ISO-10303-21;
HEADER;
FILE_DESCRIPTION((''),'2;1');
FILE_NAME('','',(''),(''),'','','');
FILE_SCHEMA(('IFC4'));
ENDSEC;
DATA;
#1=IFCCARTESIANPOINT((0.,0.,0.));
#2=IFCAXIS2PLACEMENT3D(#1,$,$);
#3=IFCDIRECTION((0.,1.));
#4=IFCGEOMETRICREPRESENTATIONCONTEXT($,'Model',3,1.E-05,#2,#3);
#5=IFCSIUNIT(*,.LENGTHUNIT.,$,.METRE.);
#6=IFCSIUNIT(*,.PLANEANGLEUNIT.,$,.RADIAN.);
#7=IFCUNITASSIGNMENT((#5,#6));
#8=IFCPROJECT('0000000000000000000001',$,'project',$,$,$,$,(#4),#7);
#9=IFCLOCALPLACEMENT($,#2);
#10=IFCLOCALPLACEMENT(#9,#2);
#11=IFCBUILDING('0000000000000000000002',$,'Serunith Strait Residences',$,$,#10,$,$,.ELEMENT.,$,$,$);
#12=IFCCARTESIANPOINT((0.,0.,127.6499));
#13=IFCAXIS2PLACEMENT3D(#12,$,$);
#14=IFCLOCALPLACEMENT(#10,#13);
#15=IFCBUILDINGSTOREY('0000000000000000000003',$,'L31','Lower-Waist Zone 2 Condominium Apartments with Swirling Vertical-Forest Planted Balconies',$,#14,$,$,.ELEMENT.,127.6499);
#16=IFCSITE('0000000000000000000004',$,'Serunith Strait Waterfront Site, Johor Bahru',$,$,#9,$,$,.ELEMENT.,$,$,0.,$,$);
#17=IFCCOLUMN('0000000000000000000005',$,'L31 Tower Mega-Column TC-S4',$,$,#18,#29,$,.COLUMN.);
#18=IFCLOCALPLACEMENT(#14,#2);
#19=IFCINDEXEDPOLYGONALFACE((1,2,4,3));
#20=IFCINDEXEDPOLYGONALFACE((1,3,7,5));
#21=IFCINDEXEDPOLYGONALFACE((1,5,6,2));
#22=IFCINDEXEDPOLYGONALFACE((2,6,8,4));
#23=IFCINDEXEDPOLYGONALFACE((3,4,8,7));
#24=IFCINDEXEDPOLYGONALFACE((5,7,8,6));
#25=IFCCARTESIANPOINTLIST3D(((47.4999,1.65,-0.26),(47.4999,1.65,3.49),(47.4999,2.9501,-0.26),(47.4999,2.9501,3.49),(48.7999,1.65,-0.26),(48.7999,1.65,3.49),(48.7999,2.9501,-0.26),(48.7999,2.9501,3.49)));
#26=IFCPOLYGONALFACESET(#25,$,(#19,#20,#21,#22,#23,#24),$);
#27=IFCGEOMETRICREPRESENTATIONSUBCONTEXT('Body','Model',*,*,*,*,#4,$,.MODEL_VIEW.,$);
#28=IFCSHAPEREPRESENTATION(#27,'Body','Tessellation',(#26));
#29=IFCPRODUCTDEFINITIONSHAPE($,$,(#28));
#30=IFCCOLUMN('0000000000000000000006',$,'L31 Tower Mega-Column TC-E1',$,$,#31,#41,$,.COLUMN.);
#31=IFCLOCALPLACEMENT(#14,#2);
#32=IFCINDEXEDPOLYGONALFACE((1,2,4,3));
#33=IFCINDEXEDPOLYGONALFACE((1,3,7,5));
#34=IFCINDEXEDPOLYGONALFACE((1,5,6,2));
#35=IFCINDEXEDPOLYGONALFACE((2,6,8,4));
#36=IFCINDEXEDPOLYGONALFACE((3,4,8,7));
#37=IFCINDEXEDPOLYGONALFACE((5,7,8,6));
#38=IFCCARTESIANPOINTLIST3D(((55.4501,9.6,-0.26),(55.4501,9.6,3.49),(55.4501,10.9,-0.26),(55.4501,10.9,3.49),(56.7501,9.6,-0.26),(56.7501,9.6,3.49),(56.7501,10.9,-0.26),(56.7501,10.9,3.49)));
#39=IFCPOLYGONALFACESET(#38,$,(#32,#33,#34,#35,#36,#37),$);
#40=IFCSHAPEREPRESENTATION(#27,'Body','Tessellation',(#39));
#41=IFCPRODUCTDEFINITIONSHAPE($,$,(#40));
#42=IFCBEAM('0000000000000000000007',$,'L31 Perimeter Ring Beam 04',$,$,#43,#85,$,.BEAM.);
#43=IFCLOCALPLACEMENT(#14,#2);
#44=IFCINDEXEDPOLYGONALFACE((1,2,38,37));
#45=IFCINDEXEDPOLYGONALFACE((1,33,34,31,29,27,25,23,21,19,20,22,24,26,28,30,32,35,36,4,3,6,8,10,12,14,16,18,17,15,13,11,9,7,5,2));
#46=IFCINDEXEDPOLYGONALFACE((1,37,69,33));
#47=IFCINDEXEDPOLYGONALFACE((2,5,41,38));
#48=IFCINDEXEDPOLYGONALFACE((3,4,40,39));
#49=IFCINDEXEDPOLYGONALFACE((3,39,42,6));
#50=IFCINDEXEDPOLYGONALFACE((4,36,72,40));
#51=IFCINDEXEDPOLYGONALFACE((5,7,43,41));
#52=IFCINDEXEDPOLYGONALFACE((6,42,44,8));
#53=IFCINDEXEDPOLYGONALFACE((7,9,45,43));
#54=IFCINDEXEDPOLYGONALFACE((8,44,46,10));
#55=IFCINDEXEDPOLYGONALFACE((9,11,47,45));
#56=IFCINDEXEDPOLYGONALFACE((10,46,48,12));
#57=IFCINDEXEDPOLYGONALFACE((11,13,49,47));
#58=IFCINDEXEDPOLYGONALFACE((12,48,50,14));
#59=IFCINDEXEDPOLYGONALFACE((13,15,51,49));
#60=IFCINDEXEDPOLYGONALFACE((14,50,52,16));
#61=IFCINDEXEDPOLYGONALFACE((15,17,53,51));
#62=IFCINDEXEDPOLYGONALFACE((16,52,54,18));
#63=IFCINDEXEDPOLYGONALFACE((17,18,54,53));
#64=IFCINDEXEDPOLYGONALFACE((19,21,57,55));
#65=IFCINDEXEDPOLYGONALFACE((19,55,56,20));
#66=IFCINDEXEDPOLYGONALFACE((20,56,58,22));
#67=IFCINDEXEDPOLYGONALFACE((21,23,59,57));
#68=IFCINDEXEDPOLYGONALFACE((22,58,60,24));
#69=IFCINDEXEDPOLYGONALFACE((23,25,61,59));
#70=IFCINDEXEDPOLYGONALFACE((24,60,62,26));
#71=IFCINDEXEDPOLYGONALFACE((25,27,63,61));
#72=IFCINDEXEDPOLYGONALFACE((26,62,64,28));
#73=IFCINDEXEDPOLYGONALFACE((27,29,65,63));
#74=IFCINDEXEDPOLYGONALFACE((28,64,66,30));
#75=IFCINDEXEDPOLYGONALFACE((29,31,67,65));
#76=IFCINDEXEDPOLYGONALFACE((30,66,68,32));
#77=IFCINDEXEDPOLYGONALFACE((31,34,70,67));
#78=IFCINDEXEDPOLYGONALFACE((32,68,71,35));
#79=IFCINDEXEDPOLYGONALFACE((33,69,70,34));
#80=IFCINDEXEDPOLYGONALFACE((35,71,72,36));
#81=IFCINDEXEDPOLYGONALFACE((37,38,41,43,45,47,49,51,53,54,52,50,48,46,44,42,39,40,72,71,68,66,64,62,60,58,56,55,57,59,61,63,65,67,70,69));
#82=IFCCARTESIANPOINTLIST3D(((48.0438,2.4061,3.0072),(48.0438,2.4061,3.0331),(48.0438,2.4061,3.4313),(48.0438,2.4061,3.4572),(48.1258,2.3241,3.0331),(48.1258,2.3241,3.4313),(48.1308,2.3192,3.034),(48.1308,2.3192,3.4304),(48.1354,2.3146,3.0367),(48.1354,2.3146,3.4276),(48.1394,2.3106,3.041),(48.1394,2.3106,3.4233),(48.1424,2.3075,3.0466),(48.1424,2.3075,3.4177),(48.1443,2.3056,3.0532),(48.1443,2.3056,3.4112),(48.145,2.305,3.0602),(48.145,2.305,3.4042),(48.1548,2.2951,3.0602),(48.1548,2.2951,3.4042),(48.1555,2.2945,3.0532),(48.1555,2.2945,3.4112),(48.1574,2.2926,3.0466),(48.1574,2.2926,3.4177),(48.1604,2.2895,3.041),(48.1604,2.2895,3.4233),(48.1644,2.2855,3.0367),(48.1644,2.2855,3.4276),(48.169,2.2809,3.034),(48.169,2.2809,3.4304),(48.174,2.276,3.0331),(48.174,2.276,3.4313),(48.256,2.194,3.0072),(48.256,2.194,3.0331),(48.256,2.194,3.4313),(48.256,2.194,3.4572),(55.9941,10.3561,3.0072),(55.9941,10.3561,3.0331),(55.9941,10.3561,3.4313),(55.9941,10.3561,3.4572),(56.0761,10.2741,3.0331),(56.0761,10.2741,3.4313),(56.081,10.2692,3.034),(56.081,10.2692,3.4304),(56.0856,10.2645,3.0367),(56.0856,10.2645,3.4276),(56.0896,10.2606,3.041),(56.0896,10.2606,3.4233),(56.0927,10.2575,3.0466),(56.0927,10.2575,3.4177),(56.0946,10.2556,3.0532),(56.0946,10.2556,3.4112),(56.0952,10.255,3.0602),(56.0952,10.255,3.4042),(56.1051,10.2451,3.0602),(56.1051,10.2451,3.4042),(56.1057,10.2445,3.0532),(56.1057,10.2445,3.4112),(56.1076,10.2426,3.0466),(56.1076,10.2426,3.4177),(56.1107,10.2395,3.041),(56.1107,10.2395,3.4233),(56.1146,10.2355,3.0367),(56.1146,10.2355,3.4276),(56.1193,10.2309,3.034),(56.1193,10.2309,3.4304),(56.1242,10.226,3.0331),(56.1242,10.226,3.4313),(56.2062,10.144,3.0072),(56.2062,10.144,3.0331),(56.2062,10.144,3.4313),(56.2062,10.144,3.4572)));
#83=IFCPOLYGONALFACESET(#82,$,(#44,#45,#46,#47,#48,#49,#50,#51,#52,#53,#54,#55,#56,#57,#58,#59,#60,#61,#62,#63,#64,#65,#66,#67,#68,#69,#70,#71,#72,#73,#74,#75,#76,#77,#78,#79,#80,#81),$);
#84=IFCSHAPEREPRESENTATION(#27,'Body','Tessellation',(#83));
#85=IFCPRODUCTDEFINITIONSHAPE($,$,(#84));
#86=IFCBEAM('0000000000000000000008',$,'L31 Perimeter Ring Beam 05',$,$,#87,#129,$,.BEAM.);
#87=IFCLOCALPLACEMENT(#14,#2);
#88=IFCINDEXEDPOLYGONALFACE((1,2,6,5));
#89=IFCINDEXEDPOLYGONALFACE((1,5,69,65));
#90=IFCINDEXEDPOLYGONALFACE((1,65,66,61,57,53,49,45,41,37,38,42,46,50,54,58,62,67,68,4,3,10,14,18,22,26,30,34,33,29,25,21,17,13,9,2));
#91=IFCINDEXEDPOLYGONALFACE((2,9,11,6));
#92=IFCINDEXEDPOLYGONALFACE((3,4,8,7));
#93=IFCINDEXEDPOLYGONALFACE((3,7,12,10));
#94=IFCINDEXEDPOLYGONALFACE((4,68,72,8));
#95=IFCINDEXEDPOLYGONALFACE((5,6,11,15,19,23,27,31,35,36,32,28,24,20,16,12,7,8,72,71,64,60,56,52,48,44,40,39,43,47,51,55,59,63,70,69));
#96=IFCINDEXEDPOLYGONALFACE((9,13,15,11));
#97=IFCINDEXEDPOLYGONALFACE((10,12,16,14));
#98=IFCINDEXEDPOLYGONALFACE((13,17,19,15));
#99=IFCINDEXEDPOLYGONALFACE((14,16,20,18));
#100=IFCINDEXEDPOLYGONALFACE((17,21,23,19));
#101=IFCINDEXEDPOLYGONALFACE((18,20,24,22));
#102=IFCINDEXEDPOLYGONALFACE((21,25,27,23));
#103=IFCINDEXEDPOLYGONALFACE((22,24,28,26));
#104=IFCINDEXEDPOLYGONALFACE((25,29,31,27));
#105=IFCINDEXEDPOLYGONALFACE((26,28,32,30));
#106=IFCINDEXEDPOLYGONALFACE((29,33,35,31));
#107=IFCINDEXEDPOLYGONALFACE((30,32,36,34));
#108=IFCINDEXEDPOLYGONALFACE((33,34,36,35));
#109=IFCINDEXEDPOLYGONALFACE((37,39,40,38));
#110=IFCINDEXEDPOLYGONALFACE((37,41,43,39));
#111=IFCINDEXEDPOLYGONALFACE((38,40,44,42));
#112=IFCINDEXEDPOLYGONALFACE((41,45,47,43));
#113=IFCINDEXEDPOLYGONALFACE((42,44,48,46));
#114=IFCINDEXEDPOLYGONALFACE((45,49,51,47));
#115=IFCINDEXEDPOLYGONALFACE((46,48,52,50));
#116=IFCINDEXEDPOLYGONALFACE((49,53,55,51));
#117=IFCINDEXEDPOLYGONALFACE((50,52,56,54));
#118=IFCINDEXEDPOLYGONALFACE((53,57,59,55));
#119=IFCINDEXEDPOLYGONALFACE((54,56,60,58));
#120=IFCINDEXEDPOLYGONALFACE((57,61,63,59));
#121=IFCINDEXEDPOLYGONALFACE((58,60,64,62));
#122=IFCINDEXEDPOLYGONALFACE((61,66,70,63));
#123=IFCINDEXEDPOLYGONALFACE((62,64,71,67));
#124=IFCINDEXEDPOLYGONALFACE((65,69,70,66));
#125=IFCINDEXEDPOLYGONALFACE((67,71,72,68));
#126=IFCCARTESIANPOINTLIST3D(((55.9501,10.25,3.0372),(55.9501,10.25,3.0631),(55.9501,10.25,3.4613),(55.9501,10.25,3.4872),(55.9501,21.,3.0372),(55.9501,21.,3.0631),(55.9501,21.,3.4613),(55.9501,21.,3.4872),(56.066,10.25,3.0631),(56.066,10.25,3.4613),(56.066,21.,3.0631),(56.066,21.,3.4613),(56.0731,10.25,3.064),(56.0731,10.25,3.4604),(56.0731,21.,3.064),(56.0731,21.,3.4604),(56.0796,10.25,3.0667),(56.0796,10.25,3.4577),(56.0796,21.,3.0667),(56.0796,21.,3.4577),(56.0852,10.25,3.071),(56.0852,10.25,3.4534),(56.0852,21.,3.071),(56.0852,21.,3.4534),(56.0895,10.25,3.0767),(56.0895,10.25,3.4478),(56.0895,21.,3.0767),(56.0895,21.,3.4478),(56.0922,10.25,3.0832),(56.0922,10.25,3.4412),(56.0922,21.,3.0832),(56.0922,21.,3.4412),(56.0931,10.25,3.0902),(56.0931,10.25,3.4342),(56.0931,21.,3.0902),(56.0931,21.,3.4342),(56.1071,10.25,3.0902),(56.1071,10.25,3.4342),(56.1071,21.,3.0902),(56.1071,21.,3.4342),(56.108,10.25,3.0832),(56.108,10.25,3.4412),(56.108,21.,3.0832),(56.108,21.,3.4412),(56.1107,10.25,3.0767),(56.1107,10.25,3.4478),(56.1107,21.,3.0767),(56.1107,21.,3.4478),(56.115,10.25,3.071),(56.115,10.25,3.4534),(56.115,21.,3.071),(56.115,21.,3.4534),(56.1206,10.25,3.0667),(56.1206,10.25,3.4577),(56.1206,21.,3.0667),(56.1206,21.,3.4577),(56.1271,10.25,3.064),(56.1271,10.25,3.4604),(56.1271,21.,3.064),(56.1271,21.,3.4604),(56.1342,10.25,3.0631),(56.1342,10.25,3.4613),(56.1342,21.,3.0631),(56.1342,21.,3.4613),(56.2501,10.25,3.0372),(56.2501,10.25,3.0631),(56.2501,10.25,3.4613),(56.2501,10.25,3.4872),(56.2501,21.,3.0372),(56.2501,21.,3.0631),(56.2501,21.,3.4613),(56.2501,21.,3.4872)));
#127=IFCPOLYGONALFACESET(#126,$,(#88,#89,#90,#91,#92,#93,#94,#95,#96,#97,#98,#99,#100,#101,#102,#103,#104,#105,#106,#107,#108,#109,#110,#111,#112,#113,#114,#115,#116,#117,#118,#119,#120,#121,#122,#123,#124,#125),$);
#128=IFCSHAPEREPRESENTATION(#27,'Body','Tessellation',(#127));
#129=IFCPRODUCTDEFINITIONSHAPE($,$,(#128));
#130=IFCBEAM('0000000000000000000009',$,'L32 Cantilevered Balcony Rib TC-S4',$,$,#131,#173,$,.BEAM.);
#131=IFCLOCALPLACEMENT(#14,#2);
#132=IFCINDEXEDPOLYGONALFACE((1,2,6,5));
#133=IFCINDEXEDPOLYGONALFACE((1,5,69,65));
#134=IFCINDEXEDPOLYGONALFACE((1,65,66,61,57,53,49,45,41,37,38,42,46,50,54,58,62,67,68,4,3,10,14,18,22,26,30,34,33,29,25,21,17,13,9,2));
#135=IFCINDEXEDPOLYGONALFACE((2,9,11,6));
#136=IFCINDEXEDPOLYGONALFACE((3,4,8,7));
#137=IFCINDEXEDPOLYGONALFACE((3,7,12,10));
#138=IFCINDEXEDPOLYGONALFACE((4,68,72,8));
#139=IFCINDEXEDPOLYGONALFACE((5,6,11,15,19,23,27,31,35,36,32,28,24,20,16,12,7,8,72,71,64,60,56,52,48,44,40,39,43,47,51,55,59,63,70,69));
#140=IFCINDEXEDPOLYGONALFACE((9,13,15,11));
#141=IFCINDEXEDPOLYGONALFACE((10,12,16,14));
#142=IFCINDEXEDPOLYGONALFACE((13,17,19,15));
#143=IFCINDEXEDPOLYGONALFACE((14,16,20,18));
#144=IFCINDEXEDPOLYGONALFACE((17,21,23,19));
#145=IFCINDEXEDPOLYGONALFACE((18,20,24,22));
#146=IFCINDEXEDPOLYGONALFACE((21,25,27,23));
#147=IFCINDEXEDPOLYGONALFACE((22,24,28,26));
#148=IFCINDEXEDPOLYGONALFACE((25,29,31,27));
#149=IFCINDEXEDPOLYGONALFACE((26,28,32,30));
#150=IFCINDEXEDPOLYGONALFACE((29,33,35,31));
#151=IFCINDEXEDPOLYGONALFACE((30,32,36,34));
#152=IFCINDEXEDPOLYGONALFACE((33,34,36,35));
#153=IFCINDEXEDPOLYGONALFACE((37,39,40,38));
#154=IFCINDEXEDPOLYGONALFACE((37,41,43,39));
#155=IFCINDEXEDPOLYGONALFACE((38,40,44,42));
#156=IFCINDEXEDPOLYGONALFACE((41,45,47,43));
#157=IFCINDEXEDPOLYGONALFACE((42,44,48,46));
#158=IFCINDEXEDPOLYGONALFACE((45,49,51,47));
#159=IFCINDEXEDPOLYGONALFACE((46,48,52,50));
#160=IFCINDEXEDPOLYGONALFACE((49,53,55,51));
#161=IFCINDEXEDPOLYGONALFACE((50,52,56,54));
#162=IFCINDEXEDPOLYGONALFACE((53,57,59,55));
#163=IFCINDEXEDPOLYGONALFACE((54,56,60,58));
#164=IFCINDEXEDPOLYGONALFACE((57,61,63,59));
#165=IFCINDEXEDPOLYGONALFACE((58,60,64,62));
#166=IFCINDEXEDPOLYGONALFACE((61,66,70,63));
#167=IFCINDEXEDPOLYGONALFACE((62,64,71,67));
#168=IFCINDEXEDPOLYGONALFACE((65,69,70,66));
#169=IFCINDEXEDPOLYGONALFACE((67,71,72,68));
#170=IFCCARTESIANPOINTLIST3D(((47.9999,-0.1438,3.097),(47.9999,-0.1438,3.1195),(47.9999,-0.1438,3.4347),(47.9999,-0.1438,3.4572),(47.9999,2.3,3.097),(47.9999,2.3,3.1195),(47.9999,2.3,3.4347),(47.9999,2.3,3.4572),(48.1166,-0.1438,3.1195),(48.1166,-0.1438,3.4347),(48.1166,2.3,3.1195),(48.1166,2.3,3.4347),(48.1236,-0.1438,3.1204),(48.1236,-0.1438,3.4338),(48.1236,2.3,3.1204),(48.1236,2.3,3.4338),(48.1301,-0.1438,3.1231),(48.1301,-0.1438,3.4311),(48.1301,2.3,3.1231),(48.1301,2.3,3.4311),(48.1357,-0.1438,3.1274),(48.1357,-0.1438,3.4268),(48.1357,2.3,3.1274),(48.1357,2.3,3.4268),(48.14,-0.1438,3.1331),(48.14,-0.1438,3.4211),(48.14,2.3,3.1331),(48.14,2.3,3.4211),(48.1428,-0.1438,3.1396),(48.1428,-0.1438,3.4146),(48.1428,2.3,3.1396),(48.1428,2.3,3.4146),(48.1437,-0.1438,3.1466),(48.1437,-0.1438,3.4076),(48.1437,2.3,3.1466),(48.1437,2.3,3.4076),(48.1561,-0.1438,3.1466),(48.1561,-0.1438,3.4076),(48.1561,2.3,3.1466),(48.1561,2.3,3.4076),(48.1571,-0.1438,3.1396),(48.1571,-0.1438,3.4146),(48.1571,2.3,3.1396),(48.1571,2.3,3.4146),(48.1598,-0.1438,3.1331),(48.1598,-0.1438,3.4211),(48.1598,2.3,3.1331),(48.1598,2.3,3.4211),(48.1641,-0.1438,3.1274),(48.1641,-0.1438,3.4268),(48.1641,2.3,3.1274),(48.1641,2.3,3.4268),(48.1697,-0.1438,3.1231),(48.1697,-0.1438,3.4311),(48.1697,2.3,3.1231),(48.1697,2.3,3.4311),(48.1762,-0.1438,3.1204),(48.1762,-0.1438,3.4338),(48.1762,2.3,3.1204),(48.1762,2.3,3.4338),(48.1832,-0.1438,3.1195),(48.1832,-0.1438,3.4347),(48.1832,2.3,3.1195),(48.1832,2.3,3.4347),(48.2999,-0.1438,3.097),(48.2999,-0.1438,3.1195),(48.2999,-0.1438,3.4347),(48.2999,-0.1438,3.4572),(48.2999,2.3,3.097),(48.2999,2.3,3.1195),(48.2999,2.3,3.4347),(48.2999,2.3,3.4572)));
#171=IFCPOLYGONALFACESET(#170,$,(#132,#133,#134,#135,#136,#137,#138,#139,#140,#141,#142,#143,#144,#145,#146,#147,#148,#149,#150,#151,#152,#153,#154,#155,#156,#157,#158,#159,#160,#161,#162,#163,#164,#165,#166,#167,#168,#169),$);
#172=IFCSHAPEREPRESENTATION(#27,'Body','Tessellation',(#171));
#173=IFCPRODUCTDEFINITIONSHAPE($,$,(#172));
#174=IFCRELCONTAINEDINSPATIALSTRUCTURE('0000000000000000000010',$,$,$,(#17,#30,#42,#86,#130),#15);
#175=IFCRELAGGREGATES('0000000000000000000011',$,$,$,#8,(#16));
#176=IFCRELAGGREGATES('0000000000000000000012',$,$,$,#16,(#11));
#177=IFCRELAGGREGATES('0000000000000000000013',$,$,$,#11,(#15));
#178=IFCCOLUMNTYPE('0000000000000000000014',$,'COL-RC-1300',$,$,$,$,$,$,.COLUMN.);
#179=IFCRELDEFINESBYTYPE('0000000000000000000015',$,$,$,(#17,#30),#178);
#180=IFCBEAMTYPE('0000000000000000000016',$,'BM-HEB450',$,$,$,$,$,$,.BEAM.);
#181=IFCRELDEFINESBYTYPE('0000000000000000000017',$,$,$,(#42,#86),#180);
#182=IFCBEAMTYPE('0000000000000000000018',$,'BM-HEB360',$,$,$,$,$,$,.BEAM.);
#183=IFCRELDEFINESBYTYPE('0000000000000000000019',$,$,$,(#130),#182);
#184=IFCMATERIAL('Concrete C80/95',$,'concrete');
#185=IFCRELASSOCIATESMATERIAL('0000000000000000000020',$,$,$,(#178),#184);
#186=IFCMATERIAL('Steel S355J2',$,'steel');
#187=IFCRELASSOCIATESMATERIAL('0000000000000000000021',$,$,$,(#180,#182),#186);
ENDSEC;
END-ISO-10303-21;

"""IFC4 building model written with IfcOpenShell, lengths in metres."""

from ifc_helpers import new_model, si_unit, direction, frame, origin, origin_2d, place, context, subcontext, project, spatial, rectangle, i_section, extrude, source, transform, mapped, material, material_profile, profile_set, type_object, element, save


model = new_model("IFC4")

# Units and contexts
model_context = context("Model", 3, precision=1e-05, world=origin(), true_north=direction((0.0, 1.0)))
body_context = subcontext(model_context, "Body", "Model", "MODEL_VIEW")
ifc_project = project(units=[si_unit("LENGTHUNIT", "METRE"), si_unit("PLANEANGLEUNIT", "RADIAN")], contexts=[model_context])

# Site, building, storey
site_placement = place(None, origin())
site = spatial("IfcSite", under=ifc_project, at=site_placement, Name="Serunith Strait Waterfront Site, Johor Bahru", CompositionType="ELEMENT", RefElevation=0.0)
building_placement = place(site_placement, origin())
building = spatial("IfcBuilding", under=site, at=building_placement, Name="Serunith Strait Residences", CompositionType="ELEMENT")
storey_placement = place(building_placement, frame((0.0, 0.0, 127.6499)))
storey = spatial("IfcBuildingStorey", under=building, at=storey_placement, Name="L31", Description="Lower-Waist Zone 2 Condominium Apartments with Swirling Vertical-Forest Planted Balconies", CompositionType="ELEMENT", Elevation=127.6499)

# Columns
ifc_material_1 = material(Name="Concrete C80/95", Category="concrete")
ifc_material_profile_1 = material_profile(ifc_material_1, rectangle(XDim=1.3, YDim=1.3, at=origin_2d()), Name="RC 1300x1300")
ifc_profile_set_1 = profile_set([ifc_material_profile_1], Name="Concrete C80/95")
column_type = type_object("IfcColumnType", Name="COL-RC-1300", PredefinedType="COLUMN", material=ifc_profile_set_1)
shared_shape_1 = source(origin(), body_context, "Body", "SweptSolid", [
    extrude(rectangle(XDim=1.3, YDim=1.3, at=origin_2d()), origin(), (0.0, 0.0, 1.0), 3.75),
])
for number, where, z_axis, x_axis, name in (
    (1, (48.1499, 2.3, -0.26), (0.0, 0.0, 1.0), (1.0, 0.0, 0.0), "L31 Tower Mega-Column TC-S4"),
    (2, (56.1001, 10.25, -0.26), (0.0, 0.0, 1.0), (1.0, 0.0, 0.0), "L31 Tower Mega-Column TC-E1"),
):
    element("IfcColumn", number, at=place(storey_placement, frame(where, z_axis=z_axis, x_axis=x_axis)), inside=storey, type_object=column_type, Name=name, PredefinedType="COLUMN", context=body_context, shape_type="MappedRepresentation", body=[
        mapped(shared_shape_1, transform((0.0, 0.0, 0.0), scale=1.0)),
    ])

# Beams
ifc_material_2 = material(Name="Steel S355J2", Category="steel")
ifc_material_profile_2 = material_profile(ifc_material_2, i_section(OverallWidth=0.3, OverallDepth=0.45, WebThickness=0.0139, FlangeThickness=0.0259, FilletRadius=0.0271, at=origin_2d()), Name="HEB 450")
ifc_profile_set_2 = profile_set([ifc_material_profile_2], Name="Steel S355J2")
beam_type_1 = type_object("IfcBeamType", Name="BM-HEB450", PredefinedType="BEAM", material=ifc_profile_set_2)
shared_shape_2 = source(origin(), body_context, "Body", "SweptSolid", [
    extrude(i_section(OverallWidth=0.3, OverallDepth=0.45, WebThickness=0.0139, FlangeThickness=0.0259, FilletRadius=0.0271, at=origin_2d()), origin(), (0.0, 0.0, 1.0), 11.2432),
])
beam_1_placement = place(storey_placement, frame((48.1499, 2.3, 3.2322), z_axis=(0.707118, 0.707096, 0.0), x_axis=(-0.707096, 0.707118, 0.0)))
element("IfcBeam", 3, at=beam_1_placement, inside=storey, type_object=beam_type_1, Name="L31 Perimeter Ring Beam 04", PredefinedType="BEAM", context=body_context, shape_type="MappedRepresentation", body=[
    mapped(shared_shape_2, transform((0.0, 0.0, 0.0), scale=1.0)),
])
shared_shape_3 = source(origin(), body_context, "Body", "SweptSolid", [
    extrude(i_section(OverallWidth=0.3, OverallDepth=0.45, WebThickness=0.0139, FlangeThickness=0.0259, FilletRadius=0.0271, at=origin_2d()), origin(), (0.0, 0.0, 1.0), 10.75),
])
beam_2_placement = place(storey_placement, frame((56.1001, 10.25, 3.2622), z_axis=(0.0, 1.0, 0.0), x_axis=(-1.0, 0.0, 0.0)))
element("IfcBeam", 4, at=beam_2_placement, inside=storey, type_object=beam_type_1, Name="L31 Perimeter Ring Beam 05", PredefinedType="BEAM", context=body_context, shape_type="MappedRepresentation", body=[
    mapped(shared_shape_3, transform((0.0, 0.0, 0.0), scale=1.0)),
])
ifc_material_profile_3 = material_profile(ifc_material_2, i_section(OverallWidth=0.3, OverallDepth=0.3601, WebThickness=0.0125, FlangeThickness=0.0225, FilletRadius=0.0271, at=origin_2d()), Name="HEB 360")
ifc_profile_set_3 = profile_set([ifc_material_profile_3], Name="Steel S355J2")
beam_type_2 = type_object("IfcBeamType", Name="BM-HEB360", PredefinedType="BEAM", material=ifc_profile_set_3)
shared_shape_4 = source(origin(), body_context, "Body", "SweptSolid", [
    extrude(i_section(OverallWidth=0.3, OverallDepth=0.3601, WebThickness=0.0125, FlangeThickness=0.0225, FilletRadius=0.0271, at=origin_2d()), origin(), (0.0, 0.0, 1.0), 2.4438),
])
beam_3_placement = place(storey_placement, frame((48.1499, 2.3, 3.2771), z_axis=(0.0, -1.0, 0.0), x_axis=(1.0, 0.0, 0.0)))
element("IfcBeam", 5, at=beam_3_placement, inside=storey, type_object=beam_type_2, Name="L32 Cantilevered Balcony Rib TC-S4", PredefinedType="BEAM", context=body_context, shape_type="MappedRepresentation", body=[
    mapped(shared_shape_4, transform((0.0, 0.0, 0.0), scale=1.0)),
])

save(model, "model.ifc")
